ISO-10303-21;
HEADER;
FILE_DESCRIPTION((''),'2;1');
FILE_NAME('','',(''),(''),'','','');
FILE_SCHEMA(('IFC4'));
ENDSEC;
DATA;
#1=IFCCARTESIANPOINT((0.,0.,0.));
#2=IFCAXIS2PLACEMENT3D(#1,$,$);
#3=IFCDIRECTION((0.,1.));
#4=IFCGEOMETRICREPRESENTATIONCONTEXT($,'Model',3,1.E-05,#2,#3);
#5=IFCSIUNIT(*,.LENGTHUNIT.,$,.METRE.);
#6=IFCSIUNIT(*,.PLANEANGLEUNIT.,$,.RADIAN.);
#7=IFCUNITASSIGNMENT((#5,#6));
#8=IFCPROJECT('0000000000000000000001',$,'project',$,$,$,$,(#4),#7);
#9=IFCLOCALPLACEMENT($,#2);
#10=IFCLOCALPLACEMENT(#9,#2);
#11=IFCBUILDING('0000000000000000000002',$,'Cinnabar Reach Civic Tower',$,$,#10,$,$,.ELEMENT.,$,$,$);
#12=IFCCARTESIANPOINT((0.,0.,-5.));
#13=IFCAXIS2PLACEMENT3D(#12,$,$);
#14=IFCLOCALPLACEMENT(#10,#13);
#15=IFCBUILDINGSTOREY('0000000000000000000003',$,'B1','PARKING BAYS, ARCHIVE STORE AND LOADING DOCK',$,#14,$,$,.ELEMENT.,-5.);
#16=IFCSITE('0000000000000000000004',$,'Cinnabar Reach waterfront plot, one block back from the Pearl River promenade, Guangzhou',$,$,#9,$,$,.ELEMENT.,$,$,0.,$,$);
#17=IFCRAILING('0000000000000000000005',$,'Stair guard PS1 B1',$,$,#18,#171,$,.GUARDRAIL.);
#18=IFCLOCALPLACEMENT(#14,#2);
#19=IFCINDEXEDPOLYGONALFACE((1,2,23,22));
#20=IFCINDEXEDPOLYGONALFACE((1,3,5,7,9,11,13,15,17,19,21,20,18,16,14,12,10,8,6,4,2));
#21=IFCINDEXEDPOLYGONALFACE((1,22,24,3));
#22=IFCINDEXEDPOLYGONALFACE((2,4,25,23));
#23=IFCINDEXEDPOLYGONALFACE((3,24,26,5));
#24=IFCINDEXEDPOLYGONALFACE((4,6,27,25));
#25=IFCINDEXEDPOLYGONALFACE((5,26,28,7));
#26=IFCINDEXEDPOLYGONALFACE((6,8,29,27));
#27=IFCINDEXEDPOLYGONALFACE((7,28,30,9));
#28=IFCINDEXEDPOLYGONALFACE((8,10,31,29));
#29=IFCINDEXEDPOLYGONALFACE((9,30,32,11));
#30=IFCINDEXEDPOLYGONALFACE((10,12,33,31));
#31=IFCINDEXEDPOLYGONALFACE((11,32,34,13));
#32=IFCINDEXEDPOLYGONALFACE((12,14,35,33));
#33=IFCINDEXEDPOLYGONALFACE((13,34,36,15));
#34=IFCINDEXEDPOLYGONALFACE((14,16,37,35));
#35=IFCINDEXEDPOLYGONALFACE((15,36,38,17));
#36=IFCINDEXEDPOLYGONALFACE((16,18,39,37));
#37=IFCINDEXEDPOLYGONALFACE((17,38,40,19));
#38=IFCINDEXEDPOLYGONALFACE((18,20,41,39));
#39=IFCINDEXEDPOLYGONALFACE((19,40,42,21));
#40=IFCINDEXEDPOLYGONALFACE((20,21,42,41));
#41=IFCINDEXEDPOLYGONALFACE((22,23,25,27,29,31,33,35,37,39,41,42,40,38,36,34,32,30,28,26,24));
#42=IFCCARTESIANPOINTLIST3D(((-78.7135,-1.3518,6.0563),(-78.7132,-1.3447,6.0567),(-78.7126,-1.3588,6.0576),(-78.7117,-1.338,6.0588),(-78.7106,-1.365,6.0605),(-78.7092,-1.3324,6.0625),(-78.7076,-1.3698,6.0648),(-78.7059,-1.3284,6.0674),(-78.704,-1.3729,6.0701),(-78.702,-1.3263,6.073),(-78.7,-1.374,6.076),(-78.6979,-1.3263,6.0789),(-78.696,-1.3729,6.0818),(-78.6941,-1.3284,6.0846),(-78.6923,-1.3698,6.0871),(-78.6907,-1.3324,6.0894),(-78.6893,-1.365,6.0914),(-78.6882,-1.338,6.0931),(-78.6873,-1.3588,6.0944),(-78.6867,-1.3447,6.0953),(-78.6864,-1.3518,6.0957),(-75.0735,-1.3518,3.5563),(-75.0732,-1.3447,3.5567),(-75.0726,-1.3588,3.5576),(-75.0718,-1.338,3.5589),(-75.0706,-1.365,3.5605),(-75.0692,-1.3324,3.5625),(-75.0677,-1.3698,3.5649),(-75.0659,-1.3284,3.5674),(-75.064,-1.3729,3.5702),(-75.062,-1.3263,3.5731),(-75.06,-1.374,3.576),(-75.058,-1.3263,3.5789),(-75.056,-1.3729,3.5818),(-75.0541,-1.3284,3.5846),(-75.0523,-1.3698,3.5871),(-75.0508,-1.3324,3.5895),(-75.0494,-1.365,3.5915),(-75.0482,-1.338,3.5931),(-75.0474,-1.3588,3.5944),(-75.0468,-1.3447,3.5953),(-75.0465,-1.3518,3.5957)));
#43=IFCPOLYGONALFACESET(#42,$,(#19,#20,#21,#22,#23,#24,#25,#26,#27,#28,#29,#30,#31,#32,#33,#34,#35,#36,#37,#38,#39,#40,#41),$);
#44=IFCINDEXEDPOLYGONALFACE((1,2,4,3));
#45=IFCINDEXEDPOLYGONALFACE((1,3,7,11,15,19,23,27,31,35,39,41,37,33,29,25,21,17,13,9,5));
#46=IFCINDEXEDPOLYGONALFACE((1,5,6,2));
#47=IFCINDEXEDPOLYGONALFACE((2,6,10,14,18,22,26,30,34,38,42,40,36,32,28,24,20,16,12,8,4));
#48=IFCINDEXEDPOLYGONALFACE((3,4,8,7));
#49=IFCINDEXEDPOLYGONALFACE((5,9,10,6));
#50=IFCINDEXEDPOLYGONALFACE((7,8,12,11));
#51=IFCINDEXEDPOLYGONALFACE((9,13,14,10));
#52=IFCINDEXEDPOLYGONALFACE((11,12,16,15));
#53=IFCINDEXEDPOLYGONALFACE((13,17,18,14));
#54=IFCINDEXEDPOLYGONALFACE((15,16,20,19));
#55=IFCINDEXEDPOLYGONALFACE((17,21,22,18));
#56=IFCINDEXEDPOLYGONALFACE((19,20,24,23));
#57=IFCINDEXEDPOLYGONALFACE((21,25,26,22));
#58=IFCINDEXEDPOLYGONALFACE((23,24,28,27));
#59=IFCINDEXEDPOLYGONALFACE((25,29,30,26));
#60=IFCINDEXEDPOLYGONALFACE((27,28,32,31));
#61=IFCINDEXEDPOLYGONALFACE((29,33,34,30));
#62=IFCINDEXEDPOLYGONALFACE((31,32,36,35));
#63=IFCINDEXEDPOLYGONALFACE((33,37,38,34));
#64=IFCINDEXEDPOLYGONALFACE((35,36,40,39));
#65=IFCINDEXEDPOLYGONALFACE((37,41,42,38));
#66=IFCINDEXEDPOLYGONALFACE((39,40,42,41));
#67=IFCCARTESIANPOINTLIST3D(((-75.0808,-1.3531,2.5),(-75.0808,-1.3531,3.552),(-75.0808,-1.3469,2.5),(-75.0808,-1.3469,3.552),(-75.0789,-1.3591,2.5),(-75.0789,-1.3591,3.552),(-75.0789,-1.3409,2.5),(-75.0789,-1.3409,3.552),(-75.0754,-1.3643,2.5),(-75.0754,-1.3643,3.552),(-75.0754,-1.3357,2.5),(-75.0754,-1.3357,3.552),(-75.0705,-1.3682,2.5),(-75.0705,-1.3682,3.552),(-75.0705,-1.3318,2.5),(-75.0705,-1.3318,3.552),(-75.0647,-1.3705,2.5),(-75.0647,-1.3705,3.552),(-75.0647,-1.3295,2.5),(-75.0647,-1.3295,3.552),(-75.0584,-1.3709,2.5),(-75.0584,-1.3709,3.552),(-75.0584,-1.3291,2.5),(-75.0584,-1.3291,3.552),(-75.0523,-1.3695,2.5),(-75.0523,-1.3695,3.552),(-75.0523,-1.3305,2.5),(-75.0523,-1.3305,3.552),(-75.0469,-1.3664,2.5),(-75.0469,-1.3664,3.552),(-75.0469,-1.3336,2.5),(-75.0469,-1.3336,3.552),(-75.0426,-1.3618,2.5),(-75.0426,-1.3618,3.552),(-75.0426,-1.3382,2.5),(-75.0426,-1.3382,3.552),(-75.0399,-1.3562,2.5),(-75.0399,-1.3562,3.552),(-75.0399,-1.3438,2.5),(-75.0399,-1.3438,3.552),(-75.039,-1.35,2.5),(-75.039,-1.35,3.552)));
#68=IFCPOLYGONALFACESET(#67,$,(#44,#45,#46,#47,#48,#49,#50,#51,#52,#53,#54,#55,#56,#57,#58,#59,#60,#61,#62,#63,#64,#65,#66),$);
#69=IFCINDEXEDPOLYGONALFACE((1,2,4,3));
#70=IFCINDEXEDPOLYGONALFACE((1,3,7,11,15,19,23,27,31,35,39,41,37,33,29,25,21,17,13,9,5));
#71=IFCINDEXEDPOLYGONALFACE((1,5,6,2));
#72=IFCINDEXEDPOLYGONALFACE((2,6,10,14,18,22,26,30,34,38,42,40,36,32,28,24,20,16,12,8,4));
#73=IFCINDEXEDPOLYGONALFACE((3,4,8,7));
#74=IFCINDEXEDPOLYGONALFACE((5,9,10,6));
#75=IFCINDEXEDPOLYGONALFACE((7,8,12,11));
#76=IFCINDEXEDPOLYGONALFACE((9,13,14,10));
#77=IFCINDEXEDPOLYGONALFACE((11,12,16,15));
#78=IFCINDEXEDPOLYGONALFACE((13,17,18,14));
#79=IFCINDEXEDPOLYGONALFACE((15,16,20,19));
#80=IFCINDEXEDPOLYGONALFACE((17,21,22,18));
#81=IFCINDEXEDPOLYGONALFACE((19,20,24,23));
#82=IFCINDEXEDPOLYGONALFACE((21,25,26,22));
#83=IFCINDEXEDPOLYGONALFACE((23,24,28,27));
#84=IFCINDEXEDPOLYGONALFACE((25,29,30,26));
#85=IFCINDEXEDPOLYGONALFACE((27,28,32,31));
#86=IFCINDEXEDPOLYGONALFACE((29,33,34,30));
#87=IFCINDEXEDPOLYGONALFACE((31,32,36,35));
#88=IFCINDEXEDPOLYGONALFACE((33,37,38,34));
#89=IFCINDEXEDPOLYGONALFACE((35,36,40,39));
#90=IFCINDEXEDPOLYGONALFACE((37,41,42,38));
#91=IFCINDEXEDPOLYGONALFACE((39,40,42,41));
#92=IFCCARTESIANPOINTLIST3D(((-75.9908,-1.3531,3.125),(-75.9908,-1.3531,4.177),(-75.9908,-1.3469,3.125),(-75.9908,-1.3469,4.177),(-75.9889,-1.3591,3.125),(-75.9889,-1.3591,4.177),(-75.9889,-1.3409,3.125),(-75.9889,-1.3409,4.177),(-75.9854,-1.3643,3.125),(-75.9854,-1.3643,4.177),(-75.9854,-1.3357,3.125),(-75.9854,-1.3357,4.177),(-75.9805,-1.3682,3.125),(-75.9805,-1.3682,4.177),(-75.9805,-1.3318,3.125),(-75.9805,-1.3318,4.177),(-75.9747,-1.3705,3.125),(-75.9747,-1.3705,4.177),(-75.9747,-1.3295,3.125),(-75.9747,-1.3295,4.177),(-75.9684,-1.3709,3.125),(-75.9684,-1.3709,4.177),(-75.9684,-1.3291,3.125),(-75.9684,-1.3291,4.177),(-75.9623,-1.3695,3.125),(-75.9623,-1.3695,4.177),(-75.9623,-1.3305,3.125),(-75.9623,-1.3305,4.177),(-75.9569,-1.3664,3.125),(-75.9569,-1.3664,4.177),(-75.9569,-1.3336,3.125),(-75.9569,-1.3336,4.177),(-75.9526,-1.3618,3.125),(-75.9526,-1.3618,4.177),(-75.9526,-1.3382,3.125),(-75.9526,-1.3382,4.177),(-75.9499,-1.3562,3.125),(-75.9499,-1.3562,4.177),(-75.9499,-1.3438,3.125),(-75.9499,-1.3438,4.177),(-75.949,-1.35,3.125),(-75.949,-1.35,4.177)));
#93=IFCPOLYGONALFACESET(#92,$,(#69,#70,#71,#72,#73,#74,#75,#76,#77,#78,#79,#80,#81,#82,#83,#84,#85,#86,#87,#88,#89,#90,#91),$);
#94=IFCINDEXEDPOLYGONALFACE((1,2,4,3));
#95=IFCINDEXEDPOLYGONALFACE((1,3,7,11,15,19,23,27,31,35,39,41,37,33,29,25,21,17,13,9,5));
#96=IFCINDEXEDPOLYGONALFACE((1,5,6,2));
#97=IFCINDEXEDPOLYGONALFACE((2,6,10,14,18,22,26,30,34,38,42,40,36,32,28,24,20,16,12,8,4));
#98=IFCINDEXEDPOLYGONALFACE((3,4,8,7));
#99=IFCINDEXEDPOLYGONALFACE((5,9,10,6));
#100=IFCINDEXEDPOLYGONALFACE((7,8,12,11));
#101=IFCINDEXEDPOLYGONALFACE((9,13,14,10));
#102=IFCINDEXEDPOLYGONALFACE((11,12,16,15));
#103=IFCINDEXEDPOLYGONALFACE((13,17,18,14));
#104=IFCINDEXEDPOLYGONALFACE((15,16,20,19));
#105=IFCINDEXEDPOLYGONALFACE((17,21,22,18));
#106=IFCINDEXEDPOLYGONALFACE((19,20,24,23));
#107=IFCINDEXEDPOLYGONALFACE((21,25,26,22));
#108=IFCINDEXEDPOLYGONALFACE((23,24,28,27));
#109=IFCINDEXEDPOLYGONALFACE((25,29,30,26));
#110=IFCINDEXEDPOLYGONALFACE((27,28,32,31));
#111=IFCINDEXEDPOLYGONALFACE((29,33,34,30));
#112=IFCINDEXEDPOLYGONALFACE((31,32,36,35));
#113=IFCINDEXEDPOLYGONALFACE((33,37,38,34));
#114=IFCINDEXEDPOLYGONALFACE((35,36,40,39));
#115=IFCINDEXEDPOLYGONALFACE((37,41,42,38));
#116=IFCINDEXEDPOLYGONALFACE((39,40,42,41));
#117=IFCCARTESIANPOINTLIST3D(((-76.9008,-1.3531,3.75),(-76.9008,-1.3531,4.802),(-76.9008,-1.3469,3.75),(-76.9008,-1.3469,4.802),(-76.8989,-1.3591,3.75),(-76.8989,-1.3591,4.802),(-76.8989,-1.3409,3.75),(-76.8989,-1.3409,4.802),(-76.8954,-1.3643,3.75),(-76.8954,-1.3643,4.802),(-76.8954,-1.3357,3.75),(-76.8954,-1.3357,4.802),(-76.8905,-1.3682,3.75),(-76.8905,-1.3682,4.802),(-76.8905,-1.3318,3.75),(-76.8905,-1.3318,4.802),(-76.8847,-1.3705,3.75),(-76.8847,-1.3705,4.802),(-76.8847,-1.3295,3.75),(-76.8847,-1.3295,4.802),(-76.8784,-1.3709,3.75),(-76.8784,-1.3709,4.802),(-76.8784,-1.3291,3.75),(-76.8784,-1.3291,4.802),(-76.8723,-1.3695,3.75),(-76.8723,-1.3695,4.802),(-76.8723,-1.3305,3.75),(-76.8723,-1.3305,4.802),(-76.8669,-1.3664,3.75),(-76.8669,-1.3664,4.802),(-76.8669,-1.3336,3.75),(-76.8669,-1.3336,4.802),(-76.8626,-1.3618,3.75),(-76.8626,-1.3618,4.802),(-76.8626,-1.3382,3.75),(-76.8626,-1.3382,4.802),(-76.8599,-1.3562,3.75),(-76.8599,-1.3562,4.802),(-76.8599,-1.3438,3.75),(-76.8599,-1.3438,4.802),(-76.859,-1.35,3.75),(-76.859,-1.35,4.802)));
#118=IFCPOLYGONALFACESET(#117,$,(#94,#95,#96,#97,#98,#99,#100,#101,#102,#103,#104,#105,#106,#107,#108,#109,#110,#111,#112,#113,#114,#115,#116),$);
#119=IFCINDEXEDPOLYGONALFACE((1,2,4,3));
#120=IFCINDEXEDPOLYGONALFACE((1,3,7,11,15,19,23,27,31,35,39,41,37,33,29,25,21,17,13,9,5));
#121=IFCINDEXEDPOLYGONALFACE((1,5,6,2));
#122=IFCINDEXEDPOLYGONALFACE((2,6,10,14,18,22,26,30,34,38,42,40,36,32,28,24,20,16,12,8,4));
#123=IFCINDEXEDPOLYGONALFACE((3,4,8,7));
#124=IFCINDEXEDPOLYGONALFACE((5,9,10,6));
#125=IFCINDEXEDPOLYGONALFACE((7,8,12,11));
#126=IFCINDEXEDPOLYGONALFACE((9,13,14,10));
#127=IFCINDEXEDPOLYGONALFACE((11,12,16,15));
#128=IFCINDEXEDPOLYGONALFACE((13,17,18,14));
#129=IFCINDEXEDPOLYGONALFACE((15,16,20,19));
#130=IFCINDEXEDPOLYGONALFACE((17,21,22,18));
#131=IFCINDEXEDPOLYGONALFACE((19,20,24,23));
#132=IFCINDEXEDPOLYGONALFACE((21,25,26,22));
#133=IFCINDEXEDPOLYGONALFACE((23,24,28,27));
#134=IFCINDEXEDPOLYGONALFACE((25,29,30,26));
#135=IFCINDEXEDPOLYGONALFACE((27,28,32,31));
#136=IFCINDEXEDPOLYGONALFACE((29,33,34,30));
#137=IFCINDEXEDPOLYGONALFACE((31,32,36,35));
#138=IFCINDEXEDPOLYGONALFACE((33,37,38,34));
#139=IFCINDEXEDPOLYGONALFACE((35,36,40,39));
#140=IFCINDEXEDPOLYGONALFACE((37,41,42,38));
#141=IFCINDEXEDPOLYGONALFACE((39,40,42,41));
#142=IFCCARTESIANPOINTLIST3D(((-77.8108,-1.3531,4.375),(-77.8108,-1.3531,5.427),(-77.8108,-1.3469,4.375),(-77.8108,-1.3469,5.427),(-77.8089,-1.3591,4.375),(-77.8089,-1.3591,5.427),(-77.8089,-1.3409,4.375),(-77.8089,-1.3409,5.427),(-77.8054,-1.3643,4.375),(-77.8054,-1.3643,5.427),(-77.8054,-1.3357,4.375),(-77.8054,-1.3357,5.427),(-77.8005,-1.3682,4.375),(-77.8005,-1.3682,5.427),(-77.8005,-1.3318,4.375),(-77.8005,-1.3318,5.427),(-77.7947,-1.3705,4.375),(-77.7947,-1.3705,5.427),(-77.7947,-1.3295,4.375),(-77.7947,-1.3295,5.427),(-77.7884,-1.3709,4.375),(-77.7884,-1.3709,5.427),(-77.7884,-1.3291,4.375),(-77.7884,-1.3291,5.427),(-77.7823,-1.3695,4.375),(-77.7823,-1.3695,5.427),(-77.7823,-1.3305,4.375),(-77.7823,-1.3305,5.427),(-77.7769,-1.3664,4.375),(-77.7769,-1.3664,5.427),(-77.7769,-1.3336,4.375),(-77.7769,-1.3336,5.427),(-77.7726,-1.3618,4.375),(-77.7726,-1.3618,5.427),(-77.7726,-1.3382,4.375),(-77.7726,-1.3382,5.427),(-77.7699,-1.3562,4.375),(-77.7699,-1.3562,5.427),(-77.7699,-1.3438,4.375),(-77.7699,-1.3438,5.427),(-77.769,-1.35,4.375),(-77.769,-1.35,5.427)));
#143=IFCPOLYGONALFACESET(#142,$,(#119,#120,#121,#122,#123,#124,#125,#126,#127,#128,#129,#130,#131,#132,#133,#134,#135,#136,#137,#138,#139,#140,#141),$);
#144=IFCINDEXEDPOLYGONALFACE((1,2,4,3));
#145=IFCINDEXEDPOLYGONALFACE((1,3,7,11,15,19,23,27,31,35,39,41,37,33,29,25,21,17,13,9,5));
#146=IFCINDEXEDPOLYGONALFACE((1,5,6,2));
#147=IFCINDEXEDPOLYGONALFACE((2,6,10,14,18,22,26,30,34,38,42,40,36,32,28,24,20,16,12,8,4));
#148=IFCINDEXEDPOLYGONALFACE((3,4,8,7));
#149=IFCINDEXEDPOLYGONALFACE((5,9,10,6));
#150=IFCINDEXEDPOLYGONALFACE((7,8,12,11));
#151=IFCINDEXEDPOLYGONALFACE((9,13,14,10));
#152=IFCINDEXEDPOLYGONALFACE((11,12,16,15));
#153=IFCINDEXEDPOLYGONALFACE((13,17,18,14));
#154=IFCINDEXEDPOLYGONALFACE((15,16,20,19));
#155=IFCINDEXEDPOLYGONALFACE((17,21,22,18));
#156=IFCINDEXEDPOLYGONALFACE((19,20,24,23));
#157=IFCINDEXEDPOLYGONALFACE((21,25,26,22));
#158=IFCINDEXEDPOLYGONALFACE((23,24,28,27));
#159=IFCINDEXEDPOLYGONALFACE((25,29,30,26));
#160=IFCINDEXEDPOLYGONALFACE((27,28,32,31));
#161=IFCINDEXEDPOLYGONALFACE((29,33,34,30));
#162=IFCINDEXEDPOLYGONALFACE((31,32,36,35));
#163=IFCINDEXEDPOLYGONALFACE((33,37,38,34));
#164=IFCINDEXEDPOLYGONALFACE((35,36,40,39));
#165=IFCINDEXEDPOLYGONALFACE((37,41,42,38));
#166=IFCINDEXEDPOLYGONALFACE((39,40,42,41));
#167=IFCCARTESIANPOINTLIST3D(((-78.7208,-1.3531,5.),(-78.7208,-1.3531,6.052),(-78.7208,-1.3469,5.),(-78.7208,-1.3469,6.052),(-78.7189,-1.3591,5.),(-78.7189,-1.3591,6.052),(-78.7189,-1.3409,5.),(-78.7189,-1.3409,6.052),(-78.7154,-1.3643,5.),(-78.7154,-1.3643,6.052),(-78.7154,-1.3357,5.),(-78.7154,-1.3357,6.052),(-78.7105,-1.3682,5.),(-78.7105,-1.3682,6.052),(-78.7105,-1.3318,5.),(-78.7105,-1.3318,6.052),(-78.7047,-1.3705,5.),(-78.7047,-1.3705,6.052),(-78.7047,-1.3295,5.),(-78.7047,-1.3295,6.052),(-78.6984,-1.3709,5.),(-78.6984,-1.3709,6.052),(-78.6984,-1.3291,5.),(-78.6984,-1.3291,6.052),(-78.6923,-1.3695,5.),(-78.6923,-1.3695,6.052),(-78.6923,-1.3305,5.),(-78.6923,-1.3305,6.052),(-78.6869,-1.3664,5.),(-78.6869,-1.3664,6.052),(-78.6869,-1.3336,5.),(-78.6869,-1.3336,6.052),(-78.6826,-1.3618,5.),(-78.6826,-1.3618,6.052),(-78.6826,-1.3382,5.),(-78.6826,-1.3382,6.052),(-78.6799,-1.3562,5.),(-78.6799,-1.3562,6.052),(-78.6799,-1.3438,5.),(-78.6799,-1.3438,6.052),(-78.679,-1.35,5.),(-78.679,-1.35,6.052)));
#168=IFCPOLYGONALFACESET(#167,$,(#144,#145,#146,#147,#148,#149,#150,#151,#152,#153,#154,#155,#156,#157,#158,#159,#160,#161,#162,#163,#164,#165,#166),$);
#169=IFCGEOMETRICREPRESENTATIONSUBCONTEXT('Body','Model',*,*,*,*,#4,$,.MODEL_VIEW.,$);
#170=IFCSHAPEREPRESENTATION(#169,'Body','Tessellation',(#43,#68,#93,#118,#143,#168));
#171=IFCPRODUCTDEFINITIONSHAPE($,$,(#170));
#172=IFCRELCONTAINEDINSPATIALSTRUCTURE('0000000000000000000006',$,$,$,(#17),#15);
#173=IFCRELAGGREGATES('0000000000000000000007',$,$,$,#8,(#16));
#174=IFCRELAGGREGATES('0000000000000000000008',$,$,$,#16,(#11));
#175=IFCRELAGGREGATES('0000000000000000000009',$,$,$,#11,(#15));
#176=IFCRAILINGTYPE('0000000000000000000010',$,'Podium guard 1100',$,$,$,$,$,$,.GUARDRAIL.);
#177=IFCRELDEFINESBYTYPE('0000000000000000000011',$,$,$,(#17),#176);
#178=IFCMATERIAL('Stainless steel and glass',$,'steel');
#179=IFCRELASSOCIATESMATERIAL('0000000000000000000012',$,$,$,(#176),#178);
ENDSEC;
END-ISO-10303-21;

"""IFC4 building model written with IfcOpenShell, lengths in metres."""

from ifc_helpers import new_model, si_unit, direction, frame, origin, origin_2d, place, context, subcontext, project, spatial, circle, extrude, material, type_object, element, save


model = new_model("IFC4")

# Units and contexts
model_context = context("Model", 3, precision=1e-05, world=origin(), true_north=direction((0.0, 1.0)))
body_context = subcontext(model_context, "Body", "Model", "MODEL_VIEW")
ifc_project = project(units=[si_unit("LENGTHUNIT", "METRE"), si_unit("PLANEANGLEUNIT", "RADIAN")], contexts=[model_context])

# Site, building, storey
site_placement = place(None, origin())
site = spatial("IfcSite", under=ifc_project, at=site_placement, Name="Cinnabar Reach waterfront plot, one block back from the Pearl River promenade, Guangzhou", CompositionType="ELEMENT", RefElevation=0.0)
building_placement = place(site_placement, origin())
building = spatial("IfcBuilding", under=site, at=building_placement, Name="Cinnabar Reach Civic Tower", CompositionType="ELEMENT")
storey_placement = place(building_placement, frame((0.0, 0.0, -5.0)))
storey = spatial("IfcBuildingStorey", under=building, at=storey_placement, Name="B1", Description="PARKING BAYS, ARCHIVE STORE AND LOADING DOCK", CompositionType="ELEMENT", Elevation=-5.0)

# Railing
ifc_material_1 = material(Name="Stainless steel and glass", Category="steel")
railing_type_1 = type_object("IfcRailingType", Name="Podium guard 1100", PredefinedType="GUARDRAIL", material=ifc_material_1)
railing_1_placement = place(storey_placement, frame((-75.06, -1.35, 2.5)))
element("IfcRailing", 1, at=railing_1_placement, inside=storey, type_object=railing_type_1, Name="Stair guard PS1 B1", PredefinedType="GUARDRAIL", context=body_context, shape_type="SweptSolid", body=[
    extrude(circle(Radius=0.024, at=origin_2d()), frame((0.0, 0.0, 1.076), z_axis=(-0.824306, 0.0, 0.566144), x_axis=(0.0, -1.0, 0.0)), (0.0, 0.0, 1.0), 4.4158),
    extrude(circle(Radius=0.021, at=origin_2d()), origin(), (0.0, 0.0, 1.0), 1.052),
    extrude(circle(Radius=0.021, at=origin_2d()), frame((-0.91, 0.0, 0.625)), (0.0, 0.0, 1.0), 1.052),
    extrude(circle(Radius=0.021, at=origin_2d()), frame((-1.82, 0.0, 1.25)), (0.0, 0.0, 1.0), 1.052),
    extrude(circle(Radius=0.021, at=origin_2d()), frame((-2.73, 0.0, 1.875)), (0.0, 0.0, 1.0), 1.052),
    extrude(circle(Radius=0.021, at=origin_2d()), frame((-3.64, 0.0, 2.5)), (0.0, 0.0, 1.0), 1.052),
])

save(model, "model.ifc")
